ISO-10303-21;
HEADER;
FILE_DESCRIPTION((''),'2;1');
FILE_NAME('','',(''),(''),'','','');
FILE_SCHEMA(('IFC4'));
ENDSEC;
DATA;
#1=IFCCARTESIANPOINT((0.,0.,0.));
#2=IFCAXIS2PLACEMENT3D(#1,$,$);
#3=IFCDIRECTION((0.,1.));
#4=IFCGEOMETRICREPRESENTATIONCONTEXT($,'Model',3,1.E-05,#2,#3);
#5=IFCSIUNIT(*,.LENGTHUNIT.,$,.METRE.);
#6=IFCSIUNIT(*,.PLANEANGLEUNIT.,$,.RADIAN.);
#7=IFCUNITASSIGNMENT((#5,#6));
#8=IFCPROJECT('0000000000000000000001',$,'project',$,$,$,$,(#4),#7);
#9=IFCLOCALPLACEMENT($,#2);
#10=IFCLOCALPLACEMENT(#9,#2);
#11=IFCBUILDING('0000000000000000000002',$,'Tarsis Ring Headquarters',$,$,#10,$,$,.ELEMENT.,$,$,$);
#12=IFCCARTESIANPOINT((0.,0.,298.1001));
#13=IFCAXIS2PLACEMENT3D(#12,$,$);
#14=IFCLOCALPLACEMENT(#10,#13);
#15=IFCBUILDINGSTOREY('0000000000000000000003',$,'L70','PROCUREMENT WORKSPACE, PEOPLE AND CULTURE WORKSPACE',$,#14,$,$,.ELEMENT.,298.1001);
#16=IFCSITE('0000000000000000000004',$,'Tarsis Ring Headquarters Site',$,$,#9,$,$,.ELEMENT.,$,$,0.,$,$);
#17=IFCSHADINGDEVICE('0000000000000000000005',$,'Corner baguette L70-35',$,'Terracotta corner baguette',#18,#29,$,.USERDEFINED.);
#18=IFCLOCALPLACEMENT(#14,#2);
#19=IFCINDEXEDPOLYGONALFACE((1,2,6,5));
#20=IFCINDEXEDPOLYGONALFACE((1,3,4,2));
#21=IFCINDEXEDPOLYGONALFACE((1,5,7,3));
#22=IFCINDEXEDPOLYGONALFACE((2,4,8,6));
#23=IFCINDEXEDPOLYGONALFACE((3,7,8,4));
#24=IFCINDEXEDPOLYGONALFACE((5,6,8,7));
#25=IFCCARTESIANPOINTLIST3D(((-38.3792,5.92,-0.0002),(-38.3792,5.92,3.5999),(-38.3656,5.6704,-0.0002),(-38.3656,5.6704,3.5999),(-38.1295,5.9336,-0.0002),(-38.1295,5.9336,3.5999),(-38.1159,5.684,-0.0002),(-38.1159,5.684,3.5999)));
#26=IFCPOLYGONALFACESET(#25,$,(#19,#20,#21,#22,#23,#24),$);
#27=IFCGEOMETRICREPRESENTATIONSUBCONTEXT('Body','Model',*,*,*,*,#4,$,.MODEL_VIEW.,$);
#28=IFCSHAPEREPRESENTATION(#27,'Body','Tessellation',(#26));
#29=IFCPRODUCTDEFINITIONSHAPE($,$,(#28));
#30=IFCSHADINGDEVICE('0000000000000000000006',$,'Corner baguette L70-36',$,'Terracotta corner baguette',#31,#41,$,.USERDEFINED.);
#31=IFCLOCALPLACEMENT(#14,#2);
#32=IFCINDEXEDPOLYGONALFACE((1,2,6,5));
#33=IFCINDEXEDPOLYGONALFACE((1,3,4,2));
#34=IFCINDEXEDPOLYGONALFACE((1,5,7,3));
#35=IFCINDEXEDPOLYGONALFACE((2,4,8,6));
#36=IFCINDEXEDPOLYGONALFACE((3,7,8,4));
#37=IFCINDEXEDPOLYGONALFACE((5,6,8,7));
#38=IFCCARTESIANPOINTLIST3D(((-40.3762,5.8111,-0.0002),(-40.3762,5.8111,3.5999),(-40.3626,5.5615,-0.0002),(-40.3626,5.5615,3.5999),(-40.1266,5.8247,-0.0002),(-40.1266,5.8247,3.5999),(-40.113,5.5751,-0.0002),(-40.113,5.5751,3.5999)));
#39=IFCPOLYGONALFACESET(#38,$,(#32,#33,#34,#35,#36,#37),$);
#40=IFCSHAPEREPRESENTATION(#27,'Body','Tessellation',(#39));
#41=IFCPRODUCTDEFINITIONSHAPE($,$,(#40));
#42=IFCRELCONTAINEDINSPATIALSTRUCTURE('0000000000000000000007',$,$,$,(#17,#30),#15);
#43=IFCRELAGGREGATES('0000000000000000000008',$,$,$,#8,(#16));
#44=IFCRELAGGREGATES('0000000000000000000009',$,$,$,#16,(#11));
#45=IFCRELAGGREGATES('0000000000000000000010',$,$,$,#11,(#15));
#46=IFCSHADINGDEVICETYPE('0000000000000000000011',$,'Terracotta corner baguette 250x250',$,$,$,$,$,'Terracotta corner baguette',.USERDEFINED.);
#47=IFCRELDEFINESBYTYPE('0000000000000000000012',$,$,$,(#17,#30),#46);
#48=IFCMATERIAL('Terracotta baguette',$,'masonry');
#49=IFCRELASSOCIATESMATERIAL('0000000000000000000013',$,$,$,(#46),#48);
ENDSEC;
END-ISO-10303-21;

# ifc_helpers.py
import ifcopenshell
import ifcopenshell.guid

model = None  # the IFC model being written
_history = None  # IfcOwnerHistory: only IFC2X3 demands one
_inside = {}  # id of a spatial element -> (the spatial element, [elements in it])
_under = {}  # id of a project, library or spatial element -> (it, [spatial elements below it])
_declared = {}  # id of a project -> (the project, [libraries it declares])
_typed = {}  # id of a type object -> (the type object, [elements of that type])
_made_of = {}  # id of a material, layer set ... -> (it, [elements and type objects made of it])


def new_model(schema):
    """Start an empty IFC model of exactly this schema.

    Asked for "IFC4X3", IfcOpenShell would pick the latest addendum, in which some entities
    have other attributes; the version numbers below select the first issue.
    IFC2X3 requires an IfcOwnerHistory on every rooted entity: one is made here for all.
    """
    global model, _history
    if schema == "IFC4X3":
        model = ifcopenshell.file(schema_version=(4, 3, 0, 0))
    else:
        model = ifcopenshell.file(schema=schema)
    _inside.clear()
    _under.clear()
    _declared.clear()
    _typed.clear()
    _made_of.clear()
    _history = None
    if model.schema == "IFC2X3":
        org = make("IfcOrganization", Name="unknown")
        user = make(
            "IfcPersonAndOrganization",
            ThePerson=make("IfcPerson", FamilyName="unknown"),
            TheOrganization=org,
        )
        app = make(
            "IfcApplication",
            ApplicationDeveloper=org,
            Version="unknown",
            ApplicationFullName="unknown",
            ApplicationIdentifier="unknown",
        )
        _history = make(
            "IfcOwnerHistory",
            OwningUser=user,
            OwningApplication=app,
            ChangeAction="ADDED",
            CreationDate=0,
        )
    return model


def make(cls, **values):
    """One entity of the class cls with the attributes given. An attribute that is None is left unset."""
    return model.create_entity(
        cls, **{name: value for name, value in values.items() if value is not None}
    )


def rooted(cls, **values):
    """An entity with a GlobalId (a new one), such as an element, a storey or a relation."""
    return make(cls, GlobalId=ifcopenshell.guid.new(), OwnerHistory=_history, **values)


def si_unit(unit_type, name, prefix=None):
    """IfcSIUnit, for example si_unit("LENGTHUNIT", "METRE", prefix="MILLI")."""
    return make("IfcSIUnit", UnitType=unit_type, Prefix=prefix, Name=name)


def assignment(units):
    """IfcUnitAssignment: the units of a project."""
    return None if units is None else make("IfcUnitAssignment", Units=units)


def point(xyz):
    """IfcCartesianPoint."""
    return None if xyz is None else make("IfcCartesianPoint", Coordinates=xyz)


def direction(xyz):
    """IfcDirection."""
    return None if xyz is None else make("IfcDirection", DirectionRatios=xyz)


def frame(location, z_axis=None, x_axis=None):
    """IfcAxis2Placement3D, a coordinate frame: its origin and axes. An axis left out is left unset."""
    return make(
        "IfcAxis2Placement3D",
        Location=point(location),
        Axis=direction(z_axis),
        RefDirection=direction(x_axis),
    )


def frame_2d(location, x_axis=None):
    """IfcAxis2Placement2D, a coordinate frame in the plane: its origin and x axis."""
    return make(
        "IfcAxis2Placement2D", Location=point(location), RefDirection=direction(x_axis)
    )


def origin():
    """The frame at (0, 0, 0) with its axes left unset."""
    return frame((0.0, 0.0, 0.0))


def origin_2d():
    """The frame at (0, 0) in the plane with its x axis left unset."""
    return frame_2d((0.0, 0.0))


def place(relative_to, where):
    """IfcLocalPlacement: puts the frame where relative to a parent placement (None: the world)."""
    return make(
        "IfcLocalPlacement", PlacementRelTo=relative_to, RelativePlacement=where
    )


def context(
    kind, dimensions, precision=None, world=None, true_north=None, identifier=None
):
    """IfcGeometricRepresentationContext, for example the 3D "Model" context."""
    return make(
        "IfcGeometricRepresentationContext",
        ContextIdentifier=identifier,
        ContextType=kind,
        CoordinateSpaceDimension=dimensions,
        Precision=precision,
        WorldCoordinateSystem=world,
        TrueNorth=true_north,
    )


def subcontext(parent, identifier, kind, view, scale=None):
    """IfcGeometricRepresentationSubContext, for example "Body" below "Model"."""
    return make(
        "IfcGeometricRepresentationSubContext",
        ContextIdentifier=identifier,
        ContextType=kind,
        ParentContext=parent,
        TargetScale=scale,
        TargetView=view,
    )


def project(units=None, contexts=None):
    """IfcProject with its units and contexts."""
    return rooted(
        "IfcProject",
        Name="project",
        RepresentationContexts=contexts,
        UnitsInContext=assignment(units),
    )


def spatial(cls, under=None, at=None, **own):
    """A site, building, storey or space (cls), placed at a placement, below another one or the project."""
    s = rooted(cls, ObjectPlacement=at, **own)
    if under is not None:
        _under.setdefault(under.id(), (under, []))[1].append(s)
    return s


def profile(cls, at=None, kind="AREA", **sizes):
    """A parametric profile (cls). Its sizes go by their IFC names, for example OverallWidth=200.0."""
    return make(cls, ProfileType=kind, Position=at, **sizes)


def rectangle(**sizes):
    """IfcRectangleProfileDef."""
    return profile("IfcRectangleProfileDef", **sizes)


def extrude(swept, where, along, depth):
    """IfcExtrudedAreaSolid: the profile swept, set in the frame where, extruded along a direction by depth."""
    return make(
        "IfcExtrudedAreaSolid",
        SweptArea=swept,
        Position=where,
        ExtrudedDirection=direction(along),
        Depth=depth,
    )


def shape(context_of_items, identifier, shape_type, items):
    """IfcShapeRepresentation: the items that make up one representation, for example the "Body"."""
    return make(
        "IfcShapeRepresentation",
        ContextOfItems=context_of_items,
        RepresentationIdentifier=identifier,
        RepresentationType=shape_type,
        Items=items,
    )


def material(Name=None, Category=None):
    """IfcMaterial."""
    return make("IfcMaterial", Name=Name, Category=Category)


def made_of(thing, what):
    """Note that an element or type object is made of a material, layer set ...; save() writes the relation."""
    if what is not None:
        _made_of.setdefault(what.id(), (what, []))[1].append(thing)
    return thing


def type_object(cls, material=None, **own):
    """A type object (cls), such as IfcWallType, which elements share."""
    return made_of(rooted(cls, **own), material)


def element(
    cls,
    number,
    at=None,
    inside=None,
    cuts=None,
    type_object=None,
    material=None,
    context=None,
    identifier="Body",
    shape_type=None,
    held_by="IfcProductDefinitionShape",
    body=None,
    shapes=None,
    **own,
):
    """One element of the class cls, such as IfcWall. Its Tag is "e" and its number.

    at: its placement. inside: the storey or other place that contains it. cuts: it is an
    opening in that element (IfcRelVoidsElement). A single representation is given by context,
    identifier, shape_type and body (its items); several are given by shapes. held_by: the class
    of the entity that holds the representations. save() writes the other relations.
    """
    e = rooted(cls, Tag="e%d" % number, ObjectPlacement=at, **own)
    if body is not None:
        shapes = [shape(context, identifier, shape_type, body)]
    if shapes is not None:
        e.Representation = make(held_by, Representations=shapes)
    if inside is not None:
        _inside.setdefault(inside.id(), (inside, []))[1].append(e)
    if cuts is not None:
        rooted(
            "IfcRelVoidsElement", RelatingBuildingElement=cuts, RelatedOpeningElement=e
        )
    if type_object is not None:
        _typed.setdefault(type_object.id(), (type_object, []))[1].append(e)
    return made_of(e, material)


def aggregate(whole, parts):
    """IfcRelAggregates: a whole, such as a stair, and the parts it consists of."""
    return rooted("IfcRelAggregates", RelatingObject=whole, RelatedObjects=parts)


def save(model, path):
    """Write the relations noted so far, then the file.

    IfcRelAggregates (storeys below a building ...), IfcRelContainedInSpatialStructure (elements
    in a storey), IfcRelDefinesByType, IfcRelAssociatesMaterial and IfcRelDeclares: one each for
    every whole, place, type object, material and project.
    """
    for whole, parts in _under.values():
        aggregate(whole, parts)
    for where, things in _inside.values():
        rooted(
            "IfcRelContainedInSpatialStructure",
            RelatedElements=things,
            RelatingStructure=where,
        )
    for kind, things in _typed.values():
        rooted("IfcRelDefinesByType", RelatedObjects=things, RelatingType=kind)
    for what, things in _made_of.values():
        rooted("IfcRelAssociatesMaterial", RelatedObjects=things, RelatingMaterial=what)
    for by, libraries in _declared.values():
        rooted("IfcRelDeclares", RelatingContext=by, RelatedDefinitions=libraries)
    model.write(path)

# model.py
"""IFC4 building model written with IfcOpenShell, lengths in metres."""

from ifc_helpers import new_model, si_unit, direction, frame, origin, origin_2d, place, context, subcontext, project, spatial, rectangle, extrude, material, type_object, element, save


model = new_model("IFC4")

# Units and contexts
model_context = context("Model", 3, precision=1e-05, world=origin(), true_north=direction((0.0, 1.0)))
body_context = subcontext(model_context, "Body", "Model", "MODEL_VIEW")
ifc_project = project(units=[si_unit("LENGTHUNIT", "METRE"), si_unit("PLANEANGLEUNIT", "RADIAN")], contexts=[model_context])

# Site, building, storey
site_placement = place(None, origin())
site = spatial("IfcSite", under=ifc_project, at=site_placement, Name="Tarsis Ring Headquarters Site", CompositionType="ELEMENT", RefElevation=0.0)
building_placement = place(site_placement, origin())
building = spatial("IfcBuilding", under=site, at=building_placement, Name="Tarsis Ring Headquarters", CompositionType="ELEMENT")
storey_placement = place(building_placement, frame((0.0, 0.0, 298.1001)))
storey = spatial("IfcBuildingStorey", under=building, at=storey_placement, Name="L70", Description="PROCUREMENT WORKSPACE, PEOPLE AND CULTURE WORKSPACE", CompositionType="ELEMENT", Elevation=298.1001)

# Shading devices
ifc_material_1 = material(Name="Terracotta baguette", Category="masonry")
shading_device_type = type_object("IfcShadingDeviceType", Name="Terracotta corner baguette 250x250", ElementType="Terracotta corner baguette", PredefinedType="USERDEFINED", material=ifc_material_1)
for number, where, z_axis, x_axis, name in (
    (1, (-38.2476, 5.802, -0.0002), (0.0, 0.0, 1.0), (0.054428, -0.998518, 0.0), "Corner baguette L70-35"),
    (2, (-40.2446, 5.6931, -0.0002), (0.0, 0.0, 1.0), (-0.998518, -0.054427, 0.0), "Corner baguette L70-36"),
):
    element("IfcShadingDevice", number, at=place(storey_placement, frame(where, z_axis=z_axis, x_axis=x_axis)), inside=storey, type_object=shading_device_type, Name=name, ObjectType="Terracotta corner baguette", PredefinedType="USERDEFINED", context=body_context, shape_type="SweptSolid", body=[
        extrude(rectangle(XDim=0.25, YDim=0.25, at=origin_2d()), origin(), (0.0, 0.0, 1.0), 3.6001),
    ])

save(model, "model.ifc")
